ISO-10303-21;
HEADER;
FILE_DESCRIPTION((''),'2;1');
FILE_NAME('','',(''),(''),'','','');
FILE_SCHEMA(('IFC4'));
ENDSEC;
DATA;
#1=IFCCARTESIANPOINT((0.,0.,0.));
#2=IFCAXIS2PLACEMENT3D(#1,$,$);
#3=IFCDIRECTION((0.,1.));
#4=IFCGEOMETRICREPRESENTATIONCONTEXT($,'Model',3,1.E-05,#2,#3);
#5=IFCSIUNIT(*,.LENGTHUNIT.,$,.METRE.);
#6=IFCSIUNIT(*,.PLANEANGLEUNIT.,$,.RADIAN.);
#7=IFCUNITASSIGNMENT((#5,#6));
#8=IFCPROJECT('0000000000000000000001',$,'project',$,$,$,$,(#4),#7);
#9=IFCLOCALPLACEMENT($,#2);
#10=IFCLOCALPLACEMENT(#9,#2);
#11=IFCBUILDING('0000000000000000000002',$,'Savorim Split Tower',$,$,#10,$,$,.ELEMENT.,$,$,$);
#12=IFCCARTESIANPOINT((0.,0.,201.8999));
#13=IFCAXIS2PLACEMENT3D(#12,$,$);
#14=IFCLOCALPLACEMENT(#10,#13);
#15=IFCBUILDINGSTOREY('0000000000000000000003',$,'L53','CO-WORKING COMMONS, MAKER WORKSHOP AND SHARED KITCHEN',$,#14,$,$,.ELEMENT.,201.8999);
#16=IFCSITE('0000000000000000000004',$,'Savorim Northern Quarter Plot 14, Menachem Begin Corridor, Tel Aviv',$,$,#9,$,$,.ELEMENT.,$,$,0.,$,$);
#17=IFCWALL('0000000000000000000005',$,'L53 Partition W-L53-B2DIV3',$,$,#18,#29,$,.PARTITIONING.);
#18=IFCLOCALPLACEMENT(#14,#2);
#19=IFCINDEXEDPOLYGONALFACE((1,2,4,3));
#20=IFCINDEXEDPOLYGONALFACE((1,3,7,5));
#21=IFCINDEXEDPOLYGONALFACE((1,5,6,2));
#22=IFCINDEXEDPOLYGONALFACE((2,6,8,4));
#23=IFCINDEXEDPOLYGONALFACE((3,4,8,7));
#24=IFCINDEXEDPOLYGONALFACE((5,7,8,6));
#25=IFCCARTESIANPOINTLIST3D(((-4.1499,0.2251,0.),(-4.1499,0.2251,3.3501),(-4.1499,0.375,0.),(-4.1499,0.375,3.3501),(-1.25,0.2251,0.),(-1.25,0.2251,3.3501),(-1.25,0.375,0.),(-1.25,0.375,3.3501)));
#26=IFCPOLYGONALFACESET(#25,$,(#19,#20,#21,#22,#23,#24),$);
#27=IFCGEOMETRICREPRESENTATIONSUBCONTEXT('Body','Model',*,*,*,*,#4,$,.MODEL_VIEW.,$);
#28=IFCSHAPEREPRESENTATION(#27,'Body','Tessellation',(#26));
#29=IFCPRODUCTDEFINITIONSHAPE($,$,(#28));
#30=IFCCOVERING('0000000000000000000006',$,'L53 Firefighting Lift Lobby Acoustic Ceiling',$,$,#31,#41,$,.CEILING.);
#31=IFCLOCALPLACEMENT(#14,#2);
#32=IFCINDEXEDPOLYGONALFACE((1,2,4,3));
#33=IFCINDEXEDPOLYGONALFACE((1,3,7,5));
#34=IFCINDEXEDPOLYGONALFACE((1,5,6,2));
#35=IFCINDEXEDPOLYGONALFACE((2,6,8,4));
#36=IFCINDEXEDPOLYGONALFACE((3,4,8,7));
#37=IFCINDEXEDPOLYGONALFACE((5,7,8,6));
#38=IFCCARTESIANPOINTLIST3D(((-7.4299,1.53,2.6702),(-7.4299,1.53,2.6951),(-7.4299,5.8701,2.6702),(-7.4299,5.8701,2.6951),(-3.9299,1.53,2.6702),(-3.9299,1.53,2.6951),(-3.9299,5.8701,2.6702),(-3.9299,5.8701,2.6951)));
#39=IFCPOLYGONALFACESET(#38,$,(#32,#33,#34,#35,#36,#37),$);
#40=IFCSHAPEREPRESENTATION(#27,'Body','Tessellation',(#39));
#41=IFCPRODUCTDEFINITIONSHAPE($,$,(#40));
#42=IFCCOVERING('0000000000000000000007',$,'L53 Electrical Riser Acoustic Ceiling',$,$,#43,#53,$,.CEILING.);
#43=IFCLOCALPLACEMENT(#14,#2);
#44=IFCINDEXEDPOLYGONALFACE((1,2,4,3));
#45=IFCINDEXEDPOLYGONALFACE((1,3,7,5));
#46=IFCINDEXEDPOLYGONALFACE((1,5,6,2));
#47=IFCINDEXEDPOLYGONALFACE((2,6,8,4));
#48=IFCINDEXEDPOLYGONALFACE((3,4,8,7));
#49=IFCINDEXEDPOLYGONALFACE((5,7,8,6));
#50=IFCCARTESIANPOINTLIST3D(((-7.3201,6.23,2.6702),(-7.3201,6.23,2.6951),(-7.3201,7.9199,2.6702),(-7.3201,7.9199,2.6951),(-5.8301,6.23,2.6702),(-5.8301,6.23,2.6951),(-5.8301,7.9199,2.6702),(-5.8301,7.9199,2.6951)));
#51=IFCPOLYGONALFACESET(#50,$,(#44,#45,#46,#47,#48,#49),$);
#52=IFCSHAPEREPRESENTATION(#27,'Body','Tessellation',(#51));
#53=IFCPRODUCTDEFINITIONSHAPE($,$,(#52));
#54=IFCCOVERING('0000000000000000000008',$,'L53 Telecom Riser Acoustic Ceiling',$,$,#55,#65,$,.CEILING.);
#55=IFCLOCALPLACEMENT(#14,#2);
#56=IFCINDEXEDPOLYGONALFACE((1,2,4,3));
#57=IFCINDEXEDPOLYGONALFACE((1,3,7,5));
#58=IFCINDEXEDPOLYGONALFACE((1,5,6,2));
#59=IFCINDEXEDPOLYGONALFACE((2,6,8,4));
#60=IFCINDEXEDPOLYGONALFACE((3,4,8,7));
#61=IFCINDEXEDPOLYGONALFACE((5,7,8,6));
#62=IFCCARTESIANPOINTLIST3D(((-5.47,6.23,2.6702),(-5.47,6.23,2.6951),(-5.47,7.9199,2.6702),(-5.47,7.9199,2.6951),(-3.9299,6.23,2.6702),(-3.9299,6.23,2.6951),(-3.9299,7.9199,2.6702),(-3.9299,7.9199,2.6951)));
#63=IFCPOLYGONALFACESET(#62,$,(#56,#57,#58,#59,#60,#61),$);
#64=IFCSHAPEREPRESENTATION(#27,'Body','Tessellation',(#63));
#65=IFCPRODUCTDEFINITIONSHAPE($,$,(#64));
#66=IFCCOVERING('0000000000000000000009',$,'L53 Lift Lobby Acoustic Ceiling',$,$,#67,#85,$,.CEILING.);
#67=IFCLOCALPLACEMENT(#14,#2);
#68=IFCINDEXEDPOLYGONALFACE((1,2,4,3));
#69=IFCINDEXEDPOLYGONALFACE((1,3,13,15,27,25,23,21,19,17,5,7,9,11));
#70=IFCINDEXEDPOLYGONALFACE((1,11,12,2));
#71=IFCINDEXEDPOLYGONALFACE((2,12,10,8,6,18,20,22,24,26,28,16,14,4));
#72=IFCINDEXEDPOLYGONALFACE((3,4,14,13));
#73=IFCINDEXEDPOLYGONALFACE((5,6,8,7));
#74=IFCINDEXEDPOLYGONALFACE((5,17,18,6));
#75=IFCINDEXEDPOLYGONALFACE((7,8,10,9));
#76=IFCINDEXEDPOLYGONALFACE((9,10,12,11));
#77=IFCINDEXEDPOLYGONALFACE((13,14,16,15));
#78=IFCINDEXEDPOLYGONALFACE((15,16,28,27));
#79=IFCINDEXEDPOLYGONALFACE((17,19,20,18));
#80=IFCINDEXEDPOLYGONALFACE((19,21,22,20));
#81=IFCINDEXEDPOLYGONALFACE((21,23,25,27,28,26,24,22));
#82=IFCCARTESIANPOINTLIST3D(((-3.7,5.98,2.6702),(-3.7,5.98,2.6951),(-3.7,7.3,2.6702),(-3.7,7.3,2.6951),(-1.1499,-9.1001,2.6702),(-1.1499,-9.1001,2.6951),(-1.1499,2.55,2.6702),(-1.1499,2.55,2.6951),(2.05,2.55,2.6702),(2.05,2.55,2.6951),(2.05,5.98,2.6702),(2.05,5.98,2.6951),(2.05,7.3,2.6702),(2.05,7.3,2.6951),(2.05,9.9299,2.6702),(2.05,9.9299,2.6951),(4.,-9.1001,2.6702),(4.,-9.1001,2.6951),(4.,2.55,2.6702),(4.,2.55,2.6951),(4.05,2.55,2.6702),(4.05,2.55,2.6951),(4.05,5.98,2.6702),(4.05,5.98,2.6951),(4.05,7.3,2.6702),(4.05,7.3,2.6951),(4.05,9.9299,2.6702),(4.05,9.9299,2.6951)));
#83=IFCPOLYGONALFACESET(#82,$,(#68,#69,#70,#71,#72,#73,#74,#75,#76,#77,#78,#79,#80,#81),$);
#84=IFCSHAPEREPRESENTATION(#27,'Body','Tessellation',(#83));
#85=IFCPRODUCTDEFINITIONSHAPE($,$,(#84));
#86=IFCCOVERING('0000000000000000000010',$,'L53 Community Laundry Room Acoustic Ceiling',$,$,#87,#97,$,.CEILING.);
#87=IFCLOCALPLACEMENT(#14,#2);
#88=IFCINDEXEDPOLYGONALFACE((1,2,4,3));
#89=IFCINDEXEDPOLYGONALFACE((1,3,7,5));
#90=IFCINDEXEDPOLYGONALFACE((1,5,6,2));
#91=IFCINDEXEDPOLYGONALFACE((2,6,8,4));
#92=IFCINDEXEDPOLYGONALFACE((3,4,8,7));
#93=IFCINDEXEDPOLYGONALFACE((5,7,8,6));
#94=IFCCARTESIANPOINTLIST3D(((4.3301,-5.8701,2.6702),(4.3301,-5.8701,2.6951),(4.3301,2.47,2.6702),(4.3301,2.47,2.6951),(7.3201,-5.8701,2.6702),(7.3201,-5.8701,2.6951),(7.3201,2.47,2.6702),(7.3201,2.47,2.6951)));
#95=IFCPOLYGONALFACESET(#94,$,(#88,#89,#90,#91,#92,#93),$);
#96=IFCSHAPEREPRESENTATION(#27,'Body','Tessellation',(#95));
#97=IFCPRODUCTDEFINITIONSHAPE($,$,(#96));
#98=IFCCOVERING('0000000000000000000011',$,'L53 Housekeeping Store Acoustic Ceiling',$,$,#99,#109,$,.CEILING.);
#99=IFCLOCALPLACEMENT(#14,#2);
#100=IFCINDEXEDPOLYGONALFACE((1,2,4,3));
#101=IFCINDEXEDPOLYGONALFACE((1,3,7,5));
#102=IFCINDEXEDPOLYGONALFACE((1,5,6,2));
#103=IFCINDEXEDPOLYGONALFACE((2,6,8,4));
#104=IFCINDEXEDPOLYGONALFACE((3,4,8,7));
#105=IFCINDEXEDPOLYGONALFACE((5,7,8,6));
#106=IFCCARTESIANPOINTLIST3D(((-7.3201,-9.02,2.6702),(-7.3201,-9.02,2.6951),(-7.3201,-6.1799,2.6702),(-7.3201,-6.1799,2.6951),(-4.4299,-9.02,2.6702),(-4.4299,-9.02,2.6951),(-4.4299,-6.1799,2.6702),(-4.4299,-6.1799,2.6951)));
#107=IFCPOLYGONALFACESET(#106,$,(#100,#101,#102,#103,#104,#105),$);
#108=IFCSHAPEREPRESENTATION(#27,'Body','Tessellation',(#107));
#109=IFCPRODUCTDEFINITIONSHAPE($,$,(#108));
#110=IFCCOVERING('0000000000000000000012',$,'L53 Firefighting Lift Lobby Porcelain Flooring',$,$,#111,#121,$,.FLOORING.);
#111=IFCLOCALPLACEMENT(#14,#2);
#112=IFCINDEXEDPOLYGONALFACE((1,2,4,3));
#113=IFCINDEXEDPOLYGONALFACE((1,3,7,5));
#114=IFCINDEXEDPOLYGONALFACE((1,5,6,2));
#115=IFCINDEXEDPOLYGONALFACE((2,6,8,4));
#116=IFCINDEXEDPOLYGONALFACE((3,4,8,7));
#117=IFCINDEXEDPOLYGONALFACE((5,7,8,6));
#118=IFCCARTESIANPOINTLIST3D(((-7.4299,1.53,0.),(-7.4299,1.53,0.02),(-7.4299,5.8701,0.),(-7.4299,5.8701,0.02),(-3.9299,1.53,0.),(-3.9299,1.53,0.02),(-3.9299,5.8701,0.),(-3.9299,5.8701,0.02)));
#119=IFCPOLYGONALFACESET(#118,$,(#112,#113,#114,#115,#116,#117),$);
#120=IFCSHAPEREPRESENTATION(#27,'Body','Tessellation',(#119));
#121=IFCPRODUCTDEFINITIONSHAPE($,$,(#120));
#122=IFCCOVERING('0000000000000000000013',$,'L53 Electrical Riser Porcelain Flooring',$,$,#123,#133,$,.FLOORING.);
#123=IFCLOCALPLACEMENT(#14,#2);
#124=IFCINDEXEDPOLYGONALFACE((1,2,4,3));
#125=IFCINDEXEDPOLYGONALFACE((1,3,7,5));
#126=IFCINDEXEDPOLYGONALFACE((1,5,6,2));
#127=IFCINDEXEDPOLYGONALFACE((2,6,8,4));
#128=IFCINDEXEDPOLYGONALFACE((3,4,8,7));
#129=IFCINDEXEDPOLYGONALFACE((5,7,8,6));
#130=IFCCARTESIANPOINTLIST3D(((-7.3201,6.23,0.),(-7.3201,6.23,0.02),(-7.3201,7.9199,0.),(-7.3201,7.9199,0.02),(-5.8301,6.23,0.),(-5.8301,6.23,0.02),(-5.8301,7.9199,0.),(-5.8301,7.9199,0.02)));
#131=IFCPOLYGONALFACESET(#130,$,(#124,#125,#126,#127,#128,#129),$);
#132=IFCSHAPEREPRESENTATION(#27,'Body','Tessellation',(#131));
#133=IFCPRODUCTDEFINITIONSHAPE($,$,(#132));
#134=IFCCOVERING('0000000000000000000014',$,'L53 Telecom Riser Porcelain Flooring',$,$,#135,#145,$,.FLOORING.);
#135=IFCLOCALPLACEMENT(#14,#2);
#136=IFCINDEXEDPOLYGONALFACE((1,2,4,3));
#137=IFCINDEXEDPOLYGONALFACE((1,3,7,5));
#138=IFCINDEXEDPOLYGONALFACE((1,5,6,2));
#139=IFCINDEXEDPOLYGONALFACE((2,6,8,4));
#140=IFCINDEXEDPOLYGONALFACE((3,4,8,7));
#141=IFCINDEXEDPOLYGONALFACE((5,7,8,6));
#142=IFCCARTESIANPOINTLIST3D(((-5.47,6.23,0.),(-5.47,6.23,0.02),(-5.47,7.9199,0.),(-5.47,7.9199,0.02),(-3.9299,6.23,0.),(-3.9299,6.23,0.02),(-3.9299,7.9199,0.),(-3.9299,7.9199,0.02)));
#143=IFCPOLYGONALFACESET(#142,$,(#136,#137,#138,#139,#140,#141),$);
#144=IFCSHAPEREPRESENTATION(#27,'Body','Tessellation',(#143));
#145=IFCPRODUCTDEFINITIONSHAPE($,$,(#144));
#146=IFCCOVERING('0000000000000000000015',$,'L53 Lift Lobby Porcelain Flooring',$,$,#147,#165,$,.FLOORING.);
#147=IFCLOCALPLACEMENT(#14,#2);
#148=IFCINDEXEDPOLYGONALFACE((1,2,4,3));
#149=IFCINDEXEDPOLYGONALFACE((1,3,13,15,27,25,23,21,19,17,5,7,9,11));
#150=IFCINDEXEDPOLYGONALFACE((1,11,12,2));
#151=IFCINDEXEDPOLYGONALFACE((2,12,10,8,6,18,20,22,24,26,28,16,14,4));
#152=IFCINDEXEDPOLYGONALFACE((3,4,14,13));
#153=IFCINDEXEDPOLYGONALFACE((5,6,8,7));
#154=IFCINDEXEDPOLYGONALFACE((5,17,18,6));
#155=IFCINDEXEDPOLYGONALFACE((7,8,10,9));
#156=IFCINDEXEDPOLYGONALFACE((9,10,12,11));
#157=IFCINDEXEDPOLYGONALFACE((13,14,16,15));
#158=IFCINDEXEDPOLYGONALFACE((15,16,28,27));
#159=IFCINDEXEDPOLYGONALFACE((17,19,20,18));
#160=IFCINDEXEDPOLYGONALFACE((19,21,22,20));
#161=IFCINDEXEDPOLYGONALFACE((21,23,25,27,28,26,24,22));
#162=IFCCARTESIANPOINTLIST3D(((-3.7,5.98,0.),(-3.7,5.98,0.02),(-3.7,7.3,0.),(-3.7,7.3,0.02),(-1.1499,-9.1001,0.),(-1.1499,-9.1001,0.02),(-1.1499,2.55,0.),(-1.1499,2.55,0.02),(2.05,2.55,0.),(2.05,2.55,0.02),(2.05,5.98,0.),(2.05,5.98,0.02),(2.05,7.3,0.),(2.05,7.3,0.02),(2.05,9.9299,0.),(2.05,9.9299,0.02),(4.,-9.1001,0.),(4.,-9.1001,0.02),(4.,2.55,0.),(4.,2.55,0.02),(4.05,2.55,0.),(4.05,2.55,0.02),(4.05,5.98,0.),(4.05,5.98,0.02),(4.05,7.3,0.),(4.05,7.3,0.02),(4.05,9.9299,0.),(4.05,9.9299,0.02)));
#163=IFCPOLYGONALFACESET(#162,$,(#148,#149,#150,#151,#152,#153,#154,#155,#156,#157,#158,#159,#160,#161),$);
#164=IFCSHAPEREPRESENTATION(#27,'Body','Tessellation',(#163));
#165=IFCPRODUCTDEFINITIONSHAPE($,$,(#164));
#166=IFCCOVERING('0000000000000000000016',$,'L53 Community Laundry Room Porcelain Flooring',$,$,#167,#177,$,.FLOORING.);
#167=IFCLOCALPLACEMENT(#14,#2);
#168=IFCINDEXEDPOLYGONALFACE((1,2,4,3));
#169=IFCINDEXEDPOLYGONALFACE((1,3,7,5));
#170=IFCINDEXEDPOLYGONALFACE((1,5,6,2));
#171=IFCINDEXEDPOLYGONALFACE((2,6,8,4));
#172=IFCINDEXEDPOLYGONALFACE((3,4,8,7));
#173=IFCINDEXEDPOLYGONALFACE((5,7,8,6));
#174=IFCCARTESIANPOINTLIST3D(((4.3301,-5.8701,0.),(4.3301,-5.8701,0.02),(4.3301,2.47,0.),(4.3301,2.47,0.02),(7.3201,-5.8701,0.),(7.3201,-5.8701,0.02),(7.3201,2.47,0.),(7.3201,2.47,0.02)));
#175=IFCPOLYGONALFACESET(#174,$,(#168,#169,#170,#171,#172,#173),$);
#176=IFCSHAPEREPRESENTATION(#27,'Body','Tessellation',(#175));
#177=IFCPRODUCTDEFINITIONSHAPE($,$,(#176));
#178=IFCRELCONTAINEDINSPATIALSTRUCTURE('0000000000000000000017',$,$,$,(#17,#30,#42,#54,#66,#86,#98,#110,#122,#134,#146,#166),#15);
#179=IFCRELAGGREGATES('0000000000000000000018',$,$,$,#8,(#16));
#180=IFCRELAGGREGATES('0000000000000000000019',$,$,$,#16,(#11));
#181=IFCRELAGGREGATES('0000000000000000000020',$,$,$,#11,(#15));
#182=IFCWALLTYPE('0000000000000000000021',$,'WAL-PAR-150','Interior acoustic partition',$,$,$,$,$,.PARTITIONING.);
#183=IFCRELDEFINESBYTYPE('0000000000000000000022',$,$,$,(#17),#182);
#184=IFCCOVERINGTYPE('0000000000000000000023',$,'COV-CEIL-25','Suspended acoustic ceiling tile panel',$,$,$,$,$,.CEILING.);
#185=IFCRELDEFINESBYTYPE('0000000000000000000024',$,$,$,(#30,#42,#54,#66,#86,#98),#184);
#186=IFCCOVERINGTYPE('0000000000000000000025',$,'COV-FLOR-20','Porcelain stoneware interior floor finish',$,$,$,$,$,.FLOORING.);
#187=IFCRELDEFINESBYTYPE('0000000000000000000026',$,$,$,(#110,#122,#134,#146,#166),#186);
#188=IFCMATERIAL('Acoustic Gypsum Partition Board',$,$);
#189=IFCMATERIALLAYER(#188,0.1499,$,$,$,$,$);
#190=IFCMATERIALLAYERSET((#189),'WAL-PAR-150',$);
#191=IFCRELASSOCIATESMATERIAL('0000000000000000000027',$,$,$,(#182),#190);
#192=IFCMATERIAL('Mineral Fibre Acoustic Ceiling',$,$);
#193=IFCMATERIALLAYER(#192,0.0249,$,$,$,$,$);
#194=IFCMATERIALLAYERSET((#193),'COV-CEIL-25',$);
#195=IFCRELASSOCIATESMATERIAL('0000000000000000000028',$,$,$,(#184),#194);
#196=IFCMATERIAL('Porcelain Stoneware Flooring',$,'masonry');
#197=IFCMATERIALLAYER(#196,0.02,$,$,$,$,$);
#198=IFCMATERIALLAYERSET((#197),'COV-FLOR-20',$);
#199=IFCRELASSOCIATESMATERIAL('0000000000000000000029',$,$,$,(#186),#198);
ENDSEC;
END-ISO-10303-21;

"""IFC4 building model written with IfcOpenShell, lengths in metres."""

from ifc_helpers import new_model, si_unit, direction, frame, frame_2d, origin, place, context, subcontext, project, spatial, polyline, rectangle, outline, extrude, material, layer, layer_set, type_object, element, save


model = new_model("IFC4")

# Units and contexts
model_context = context("Model", 3, precision=1e-05, world=origin(), true_north=direction((0.0, 1.0)))
body_context = subcontext(model_context, "Body", "Model", "MODEL_VIEW")
ifc_project = project(units=[si_unit("LENGTHUNIT", "METRE"), si_unit("PLANEANGLEUNIT", "RADIAN")], contexts=[model_context])

# Site, building, storey
site_placement = place(None, origin())
site = spatial("IfcSite", under=ifc_project, at=site_placement, Name="Savorim Northern Quarter Plot 14, Menachem Begin Corridor, Tel Aviv", CompositionType="ELEMENT", RefElevation=0.0)
building_placement = place(site_placement, origin())
building = spatial("IfcBuilding", under=site, at=building_placement, Name="Savorim Split Tower", CompositionType="ELEMENT")
storey_placement = place(building_placement, frame((0.0, 0.0, 201.8999)))
storey = spatial("IfcBuildingStorey", under=building, at=storey_placement, Name="L53", Description="CO-WORKING COMMONS, MAKER WORKSHOP AND SHARED KITCHEN", CompositionType="ELEMENT", Elevation=201.8999)

# Wall
ifc_material_1 = material(Name="Acoustic Gypsum Partition Board")
ifc_layer_1 = layer(ifc_material_1, 0.1499)
ifc_layer_set_1 = layer_set([ifc_layer_1], Name="WAL-PAR-150")
wall_type_1 = type_object("IfcWallType", Name="WAL-PAR-150", Description="Interior acoustic partition", PredefinedType="PARTITIONING", material=ifc_layer_set_1)
for number, where, z_axis, x_axis, name in (
    (1, (-4.1499, 0.3, 0.0), (0.0, 0.0, 1.0), (1.0, 0.0, 0.0), "L53 Partition W-L53-B2DIV3"),
):
    element("IfcWall", number, at=place(storey_placement, frame(where, z_axis=z_axis, x_axis=x_axis)), inside=storey, type_object=wall_type_1, Name=name, PredefinedType="PARTITIONING", context=body_context, shape_type="SweptSolid", body=[
        extrude(rectangle(XDim=2.8999, YDim=0.1499, at=frame_2d((1.45, 0.0))), origin(), (0.0, 0.0, 1.0), 3.3501),
    ])

# Coverings
ifc_material_2 = material(Name="Mineral Fibre Acoustic Ceiling")
ifc_layer_2 = layer(ifc_material_2, 0.0249)
ifc_layer_set_2 = layer_set([ifc_layer_2], Name="COV-CEIL-25")
covering_type_1 = type_object("IfcCoveringType", Name="COV-CEIL-25", Description="Suspended acoustic ceiling tile panel", PredefinedType="CEILING", material=ifc_layer_set_2)
covering_1_placement = place(storey_placement, frame((0.0, 0.0, 2.6702)))
element("IfcCovering", 2, at=covering_1_placement, inside=storey, type_object=covering_type_1, Name="L53 Firefighting Lift Lobby Acoustic Ceiling", PredefinedType="CEILING", context=body_context, shape_type="SweptSolid", body=[
    extrude(outline(polyline([(-7.4299, 5.8701), (-7.4299, 1.53), (-3.9299, 1.53), (-3.9299, 5.8701), (-7.4299, 5.8701)])), origin(), (0.0, 0.0, 1.0), 0.0249),
])
covering_2_placement = place(storey_placement, frame((0.0, 0.0, 2.6702)))
element("IfcCovering", 3, at=covering_2_placement, inside=storey, type_object=covering_type_1, Name="L53 Electrical Riser Acoustic Ceiling", PredefinedType="CEILING", context=body_context, shape_type="SweptSolid", body=[
    extrude(outline(polyline([(-7.3201, 7.9199), (-7.3201, 6.23), (-5.8301, 6.23), (-5.8301, 7.9199), (-7.3201, 7.9199)])), origin(), (0.0, 0.0, 1.0), 0.0249),
])
covering_3_placement = place(storey_placement, frame((0.0, 0.0, 2.6702)))
element("IfcCovering", 4, at=covering_3_placement, inside=storey, type_object=covering_type_1, Name="L53 Telecom Riser Acoustic Ceiling", PredefinedType="CEILING", context=body_context, shape_type="SweptSolid", body=[
    extrude(outline(polyline([(-5.47, 7.9199), (-5.47, 6.23), (-3.9299, 6.23), (-3.9299, 7.9199), (-5.47, 7.9199)])), origin(), (0.0, 0.0, 1.0), 0.0249),
])
covering_4_placement = place(storey_placement, frame((0.0, 0.0, 2.6702)))
element("IfcCovering", 5, at=covering_4_placement, inside=storey, type_object=covering_type_1, Name="L53 Lift Lobby Acoustic Ceiling", PredefinedType="CEILING", context=body_context, shape_type="SweptSolid", body=[
    extrude(outline(polyline([(2.05, 2.55), (-1.1499, 2.55), (-1.1499, -9.1001), (4.0, -9.1001), (4.0, 2.55), (4.05, 2.55), (4.05, 5.98), (4.05, 7.3), (4.05, 9.9299), (2.05, 9.9299), (2.05, 7.3), (-3.7, 7.3), (-3.7, 5.98), (2.05, 5.98), (2.05, 2.55)])), origin(), (0.0, 0.0, 1.0), 0.0249),
])
covering_5_placement = place(storey_placement, frame((0.0, 0.0, 2.6702)))
element("IfcCovering", 6, at=covering_5_placement, inside=storey, type_object=covering_type_1, Name="L53 Community Laundry Room Acoustic Ceiling", PredefinedType="CEILING", context=body_context, shape_type="SweptSolid", body=[
    extrude(outline(polyline([(4.3301, 2.47), (4.3301, -5.8701), (7.3201, -5.8701), (7.3201, 2.47), (4.3301, 2.47)])), origin(), (0.0, 0.0, 1.0), 0.0249),
])
covering_6_placement = place(storey_placement, frame((0.0, 0.0, 2.6702)))
element("IfcCovering", 7, at=covering_6_placement, inside=storey, type_object=covering_type_1, Name="L53 Housekeeping Store Acoustic Ceiling", PredefinedType="CEILING", context=body_context, shape_type="SweptSolid", body=[
    extrude(outline(polyline([(-7.3201, -6.1799), (-7.3201, -9.02), (-4.4299, -9.02), (-4.4299, -6.1799), (-7.3201, -6.1799)])), origin(), (0.0, 0.0, 1.0), 0.0249),
])
ifc_material_3 = material(Name="Porcelain Stoneware Flooring", Category="masonry")
ifc_layer_3 = layer(ifc_material_3, 0.02)
ifc_layer_set_3 = layer_set([ifc_layer_3], Name="COV-FLOR-20")
covering_type_2 = type_object("IfcCoveringType", Name="COV-FLOR-20", Description="Porcelain stoneware interior floor finish", PredefinedType="FLOORING", material=ifc_layer_set_3)
covering_7_placement = place(storey_placement, origin())
element("IfcCovering", 8, at=covering_7_placement, inside=storey, type_object=covering_type_2, Name="L53 Firefighting Lift Lobby Porcelain Flooring", PredefinedType="FLOORING", context=body_context, shape_type="SweptSolid", body=[
    extrude(outline(polyline([(-7.4299, 5.8701), (-7.4299, 1.53), (-3.9299, 1.53), (-3.9299, 5.8701), (-7.4299, 5.8701)])), origin(), (0.0, 0.0, 1.0), 0.02),
])
covering_8_placement = place(storey_placement, origin())
element("IfcCovering", 9, at=covering_8_placement, inside=storey, type_object=covering_type_2, Name="L53 Electrical Riser Porcelain Flooring", PredefinedType="FLOORING", context=body_context, shape_type="SweptSolid", body=[
    extrude(outline(polyline([(-7.3201, 7.9199), (-7.3201, 6.23), (-5.8301, 6.23), (-5.8301, 7.9199), (-7.3201, 7.9199)])), origin(), (0.0, 0.0, 1.0), 0.02),
])
covering_9_placement = place(storey_placement, origin())
element("IfcCovering", 10, at=covering_9_placement, inside=storey, type_object=covering_type_2, Name="L53 Telecom Riser Porcelain Flooring", PredefinedType="FLOORING", context=body_context, shape_type="SweptSolid", body=[
    extrude(outline(polyline([(-5.47, 7.9199), (-5.47, 6.23), (-3.9299, 6.23), (-3.9299, 7.9199), (-5.47, 7.9199)])), origin(), (0.0, 0.0, 1.0), 0.02),
])
covering_10_placement = place(storey_placement, origin())
element("IfcCovering", 11, at=covering_10_placement, inside=storey, type_object=covering_type_2, Name="L53 Lift Lobby Porcelain Flooring", PredefinedType="FLOORING", context=body_context, shape_type="SweptSolid", body=[
    extrude(outline(polyline([(2.05, 2.55), (-1.1499, 2.55), (-1.1499, -9.1001), (4.0, -9.1001), (4.0, 2.55), (4.05, 2.55), (4.05, 5.98), (4.05, 7.3), (4.05, 9.9299), (2.05, 9.9299), (2.05, 7.3), (-3.7, 7.3), (-3.7, 5.98), (2.05, 5.98), (2.05, 2.55)])), origin(), (0.0, 0.0, 1.0), 0.02),
])
covering_11_placement = place(storey_placement, origin())
element("IfcCovering", 12, at=covering_11_placement, inside=storey, type_object=covering_type_2, Name="L53 Community Laundry Room Porcelain Flooring", PredefinedType="FLOORING", context=body_context, shape_type="SweptSolid", body=[
    extrude(outline(polyline([(4.3301, 2.47), (4.3301, -5.8701), (7.3201, -5.8701), (7.3201, 2.47), (4.3301, 2.47)])), origin(), (0.0, 0.0, 1.0), 0.02),
])

save(model, "model.ifc")
